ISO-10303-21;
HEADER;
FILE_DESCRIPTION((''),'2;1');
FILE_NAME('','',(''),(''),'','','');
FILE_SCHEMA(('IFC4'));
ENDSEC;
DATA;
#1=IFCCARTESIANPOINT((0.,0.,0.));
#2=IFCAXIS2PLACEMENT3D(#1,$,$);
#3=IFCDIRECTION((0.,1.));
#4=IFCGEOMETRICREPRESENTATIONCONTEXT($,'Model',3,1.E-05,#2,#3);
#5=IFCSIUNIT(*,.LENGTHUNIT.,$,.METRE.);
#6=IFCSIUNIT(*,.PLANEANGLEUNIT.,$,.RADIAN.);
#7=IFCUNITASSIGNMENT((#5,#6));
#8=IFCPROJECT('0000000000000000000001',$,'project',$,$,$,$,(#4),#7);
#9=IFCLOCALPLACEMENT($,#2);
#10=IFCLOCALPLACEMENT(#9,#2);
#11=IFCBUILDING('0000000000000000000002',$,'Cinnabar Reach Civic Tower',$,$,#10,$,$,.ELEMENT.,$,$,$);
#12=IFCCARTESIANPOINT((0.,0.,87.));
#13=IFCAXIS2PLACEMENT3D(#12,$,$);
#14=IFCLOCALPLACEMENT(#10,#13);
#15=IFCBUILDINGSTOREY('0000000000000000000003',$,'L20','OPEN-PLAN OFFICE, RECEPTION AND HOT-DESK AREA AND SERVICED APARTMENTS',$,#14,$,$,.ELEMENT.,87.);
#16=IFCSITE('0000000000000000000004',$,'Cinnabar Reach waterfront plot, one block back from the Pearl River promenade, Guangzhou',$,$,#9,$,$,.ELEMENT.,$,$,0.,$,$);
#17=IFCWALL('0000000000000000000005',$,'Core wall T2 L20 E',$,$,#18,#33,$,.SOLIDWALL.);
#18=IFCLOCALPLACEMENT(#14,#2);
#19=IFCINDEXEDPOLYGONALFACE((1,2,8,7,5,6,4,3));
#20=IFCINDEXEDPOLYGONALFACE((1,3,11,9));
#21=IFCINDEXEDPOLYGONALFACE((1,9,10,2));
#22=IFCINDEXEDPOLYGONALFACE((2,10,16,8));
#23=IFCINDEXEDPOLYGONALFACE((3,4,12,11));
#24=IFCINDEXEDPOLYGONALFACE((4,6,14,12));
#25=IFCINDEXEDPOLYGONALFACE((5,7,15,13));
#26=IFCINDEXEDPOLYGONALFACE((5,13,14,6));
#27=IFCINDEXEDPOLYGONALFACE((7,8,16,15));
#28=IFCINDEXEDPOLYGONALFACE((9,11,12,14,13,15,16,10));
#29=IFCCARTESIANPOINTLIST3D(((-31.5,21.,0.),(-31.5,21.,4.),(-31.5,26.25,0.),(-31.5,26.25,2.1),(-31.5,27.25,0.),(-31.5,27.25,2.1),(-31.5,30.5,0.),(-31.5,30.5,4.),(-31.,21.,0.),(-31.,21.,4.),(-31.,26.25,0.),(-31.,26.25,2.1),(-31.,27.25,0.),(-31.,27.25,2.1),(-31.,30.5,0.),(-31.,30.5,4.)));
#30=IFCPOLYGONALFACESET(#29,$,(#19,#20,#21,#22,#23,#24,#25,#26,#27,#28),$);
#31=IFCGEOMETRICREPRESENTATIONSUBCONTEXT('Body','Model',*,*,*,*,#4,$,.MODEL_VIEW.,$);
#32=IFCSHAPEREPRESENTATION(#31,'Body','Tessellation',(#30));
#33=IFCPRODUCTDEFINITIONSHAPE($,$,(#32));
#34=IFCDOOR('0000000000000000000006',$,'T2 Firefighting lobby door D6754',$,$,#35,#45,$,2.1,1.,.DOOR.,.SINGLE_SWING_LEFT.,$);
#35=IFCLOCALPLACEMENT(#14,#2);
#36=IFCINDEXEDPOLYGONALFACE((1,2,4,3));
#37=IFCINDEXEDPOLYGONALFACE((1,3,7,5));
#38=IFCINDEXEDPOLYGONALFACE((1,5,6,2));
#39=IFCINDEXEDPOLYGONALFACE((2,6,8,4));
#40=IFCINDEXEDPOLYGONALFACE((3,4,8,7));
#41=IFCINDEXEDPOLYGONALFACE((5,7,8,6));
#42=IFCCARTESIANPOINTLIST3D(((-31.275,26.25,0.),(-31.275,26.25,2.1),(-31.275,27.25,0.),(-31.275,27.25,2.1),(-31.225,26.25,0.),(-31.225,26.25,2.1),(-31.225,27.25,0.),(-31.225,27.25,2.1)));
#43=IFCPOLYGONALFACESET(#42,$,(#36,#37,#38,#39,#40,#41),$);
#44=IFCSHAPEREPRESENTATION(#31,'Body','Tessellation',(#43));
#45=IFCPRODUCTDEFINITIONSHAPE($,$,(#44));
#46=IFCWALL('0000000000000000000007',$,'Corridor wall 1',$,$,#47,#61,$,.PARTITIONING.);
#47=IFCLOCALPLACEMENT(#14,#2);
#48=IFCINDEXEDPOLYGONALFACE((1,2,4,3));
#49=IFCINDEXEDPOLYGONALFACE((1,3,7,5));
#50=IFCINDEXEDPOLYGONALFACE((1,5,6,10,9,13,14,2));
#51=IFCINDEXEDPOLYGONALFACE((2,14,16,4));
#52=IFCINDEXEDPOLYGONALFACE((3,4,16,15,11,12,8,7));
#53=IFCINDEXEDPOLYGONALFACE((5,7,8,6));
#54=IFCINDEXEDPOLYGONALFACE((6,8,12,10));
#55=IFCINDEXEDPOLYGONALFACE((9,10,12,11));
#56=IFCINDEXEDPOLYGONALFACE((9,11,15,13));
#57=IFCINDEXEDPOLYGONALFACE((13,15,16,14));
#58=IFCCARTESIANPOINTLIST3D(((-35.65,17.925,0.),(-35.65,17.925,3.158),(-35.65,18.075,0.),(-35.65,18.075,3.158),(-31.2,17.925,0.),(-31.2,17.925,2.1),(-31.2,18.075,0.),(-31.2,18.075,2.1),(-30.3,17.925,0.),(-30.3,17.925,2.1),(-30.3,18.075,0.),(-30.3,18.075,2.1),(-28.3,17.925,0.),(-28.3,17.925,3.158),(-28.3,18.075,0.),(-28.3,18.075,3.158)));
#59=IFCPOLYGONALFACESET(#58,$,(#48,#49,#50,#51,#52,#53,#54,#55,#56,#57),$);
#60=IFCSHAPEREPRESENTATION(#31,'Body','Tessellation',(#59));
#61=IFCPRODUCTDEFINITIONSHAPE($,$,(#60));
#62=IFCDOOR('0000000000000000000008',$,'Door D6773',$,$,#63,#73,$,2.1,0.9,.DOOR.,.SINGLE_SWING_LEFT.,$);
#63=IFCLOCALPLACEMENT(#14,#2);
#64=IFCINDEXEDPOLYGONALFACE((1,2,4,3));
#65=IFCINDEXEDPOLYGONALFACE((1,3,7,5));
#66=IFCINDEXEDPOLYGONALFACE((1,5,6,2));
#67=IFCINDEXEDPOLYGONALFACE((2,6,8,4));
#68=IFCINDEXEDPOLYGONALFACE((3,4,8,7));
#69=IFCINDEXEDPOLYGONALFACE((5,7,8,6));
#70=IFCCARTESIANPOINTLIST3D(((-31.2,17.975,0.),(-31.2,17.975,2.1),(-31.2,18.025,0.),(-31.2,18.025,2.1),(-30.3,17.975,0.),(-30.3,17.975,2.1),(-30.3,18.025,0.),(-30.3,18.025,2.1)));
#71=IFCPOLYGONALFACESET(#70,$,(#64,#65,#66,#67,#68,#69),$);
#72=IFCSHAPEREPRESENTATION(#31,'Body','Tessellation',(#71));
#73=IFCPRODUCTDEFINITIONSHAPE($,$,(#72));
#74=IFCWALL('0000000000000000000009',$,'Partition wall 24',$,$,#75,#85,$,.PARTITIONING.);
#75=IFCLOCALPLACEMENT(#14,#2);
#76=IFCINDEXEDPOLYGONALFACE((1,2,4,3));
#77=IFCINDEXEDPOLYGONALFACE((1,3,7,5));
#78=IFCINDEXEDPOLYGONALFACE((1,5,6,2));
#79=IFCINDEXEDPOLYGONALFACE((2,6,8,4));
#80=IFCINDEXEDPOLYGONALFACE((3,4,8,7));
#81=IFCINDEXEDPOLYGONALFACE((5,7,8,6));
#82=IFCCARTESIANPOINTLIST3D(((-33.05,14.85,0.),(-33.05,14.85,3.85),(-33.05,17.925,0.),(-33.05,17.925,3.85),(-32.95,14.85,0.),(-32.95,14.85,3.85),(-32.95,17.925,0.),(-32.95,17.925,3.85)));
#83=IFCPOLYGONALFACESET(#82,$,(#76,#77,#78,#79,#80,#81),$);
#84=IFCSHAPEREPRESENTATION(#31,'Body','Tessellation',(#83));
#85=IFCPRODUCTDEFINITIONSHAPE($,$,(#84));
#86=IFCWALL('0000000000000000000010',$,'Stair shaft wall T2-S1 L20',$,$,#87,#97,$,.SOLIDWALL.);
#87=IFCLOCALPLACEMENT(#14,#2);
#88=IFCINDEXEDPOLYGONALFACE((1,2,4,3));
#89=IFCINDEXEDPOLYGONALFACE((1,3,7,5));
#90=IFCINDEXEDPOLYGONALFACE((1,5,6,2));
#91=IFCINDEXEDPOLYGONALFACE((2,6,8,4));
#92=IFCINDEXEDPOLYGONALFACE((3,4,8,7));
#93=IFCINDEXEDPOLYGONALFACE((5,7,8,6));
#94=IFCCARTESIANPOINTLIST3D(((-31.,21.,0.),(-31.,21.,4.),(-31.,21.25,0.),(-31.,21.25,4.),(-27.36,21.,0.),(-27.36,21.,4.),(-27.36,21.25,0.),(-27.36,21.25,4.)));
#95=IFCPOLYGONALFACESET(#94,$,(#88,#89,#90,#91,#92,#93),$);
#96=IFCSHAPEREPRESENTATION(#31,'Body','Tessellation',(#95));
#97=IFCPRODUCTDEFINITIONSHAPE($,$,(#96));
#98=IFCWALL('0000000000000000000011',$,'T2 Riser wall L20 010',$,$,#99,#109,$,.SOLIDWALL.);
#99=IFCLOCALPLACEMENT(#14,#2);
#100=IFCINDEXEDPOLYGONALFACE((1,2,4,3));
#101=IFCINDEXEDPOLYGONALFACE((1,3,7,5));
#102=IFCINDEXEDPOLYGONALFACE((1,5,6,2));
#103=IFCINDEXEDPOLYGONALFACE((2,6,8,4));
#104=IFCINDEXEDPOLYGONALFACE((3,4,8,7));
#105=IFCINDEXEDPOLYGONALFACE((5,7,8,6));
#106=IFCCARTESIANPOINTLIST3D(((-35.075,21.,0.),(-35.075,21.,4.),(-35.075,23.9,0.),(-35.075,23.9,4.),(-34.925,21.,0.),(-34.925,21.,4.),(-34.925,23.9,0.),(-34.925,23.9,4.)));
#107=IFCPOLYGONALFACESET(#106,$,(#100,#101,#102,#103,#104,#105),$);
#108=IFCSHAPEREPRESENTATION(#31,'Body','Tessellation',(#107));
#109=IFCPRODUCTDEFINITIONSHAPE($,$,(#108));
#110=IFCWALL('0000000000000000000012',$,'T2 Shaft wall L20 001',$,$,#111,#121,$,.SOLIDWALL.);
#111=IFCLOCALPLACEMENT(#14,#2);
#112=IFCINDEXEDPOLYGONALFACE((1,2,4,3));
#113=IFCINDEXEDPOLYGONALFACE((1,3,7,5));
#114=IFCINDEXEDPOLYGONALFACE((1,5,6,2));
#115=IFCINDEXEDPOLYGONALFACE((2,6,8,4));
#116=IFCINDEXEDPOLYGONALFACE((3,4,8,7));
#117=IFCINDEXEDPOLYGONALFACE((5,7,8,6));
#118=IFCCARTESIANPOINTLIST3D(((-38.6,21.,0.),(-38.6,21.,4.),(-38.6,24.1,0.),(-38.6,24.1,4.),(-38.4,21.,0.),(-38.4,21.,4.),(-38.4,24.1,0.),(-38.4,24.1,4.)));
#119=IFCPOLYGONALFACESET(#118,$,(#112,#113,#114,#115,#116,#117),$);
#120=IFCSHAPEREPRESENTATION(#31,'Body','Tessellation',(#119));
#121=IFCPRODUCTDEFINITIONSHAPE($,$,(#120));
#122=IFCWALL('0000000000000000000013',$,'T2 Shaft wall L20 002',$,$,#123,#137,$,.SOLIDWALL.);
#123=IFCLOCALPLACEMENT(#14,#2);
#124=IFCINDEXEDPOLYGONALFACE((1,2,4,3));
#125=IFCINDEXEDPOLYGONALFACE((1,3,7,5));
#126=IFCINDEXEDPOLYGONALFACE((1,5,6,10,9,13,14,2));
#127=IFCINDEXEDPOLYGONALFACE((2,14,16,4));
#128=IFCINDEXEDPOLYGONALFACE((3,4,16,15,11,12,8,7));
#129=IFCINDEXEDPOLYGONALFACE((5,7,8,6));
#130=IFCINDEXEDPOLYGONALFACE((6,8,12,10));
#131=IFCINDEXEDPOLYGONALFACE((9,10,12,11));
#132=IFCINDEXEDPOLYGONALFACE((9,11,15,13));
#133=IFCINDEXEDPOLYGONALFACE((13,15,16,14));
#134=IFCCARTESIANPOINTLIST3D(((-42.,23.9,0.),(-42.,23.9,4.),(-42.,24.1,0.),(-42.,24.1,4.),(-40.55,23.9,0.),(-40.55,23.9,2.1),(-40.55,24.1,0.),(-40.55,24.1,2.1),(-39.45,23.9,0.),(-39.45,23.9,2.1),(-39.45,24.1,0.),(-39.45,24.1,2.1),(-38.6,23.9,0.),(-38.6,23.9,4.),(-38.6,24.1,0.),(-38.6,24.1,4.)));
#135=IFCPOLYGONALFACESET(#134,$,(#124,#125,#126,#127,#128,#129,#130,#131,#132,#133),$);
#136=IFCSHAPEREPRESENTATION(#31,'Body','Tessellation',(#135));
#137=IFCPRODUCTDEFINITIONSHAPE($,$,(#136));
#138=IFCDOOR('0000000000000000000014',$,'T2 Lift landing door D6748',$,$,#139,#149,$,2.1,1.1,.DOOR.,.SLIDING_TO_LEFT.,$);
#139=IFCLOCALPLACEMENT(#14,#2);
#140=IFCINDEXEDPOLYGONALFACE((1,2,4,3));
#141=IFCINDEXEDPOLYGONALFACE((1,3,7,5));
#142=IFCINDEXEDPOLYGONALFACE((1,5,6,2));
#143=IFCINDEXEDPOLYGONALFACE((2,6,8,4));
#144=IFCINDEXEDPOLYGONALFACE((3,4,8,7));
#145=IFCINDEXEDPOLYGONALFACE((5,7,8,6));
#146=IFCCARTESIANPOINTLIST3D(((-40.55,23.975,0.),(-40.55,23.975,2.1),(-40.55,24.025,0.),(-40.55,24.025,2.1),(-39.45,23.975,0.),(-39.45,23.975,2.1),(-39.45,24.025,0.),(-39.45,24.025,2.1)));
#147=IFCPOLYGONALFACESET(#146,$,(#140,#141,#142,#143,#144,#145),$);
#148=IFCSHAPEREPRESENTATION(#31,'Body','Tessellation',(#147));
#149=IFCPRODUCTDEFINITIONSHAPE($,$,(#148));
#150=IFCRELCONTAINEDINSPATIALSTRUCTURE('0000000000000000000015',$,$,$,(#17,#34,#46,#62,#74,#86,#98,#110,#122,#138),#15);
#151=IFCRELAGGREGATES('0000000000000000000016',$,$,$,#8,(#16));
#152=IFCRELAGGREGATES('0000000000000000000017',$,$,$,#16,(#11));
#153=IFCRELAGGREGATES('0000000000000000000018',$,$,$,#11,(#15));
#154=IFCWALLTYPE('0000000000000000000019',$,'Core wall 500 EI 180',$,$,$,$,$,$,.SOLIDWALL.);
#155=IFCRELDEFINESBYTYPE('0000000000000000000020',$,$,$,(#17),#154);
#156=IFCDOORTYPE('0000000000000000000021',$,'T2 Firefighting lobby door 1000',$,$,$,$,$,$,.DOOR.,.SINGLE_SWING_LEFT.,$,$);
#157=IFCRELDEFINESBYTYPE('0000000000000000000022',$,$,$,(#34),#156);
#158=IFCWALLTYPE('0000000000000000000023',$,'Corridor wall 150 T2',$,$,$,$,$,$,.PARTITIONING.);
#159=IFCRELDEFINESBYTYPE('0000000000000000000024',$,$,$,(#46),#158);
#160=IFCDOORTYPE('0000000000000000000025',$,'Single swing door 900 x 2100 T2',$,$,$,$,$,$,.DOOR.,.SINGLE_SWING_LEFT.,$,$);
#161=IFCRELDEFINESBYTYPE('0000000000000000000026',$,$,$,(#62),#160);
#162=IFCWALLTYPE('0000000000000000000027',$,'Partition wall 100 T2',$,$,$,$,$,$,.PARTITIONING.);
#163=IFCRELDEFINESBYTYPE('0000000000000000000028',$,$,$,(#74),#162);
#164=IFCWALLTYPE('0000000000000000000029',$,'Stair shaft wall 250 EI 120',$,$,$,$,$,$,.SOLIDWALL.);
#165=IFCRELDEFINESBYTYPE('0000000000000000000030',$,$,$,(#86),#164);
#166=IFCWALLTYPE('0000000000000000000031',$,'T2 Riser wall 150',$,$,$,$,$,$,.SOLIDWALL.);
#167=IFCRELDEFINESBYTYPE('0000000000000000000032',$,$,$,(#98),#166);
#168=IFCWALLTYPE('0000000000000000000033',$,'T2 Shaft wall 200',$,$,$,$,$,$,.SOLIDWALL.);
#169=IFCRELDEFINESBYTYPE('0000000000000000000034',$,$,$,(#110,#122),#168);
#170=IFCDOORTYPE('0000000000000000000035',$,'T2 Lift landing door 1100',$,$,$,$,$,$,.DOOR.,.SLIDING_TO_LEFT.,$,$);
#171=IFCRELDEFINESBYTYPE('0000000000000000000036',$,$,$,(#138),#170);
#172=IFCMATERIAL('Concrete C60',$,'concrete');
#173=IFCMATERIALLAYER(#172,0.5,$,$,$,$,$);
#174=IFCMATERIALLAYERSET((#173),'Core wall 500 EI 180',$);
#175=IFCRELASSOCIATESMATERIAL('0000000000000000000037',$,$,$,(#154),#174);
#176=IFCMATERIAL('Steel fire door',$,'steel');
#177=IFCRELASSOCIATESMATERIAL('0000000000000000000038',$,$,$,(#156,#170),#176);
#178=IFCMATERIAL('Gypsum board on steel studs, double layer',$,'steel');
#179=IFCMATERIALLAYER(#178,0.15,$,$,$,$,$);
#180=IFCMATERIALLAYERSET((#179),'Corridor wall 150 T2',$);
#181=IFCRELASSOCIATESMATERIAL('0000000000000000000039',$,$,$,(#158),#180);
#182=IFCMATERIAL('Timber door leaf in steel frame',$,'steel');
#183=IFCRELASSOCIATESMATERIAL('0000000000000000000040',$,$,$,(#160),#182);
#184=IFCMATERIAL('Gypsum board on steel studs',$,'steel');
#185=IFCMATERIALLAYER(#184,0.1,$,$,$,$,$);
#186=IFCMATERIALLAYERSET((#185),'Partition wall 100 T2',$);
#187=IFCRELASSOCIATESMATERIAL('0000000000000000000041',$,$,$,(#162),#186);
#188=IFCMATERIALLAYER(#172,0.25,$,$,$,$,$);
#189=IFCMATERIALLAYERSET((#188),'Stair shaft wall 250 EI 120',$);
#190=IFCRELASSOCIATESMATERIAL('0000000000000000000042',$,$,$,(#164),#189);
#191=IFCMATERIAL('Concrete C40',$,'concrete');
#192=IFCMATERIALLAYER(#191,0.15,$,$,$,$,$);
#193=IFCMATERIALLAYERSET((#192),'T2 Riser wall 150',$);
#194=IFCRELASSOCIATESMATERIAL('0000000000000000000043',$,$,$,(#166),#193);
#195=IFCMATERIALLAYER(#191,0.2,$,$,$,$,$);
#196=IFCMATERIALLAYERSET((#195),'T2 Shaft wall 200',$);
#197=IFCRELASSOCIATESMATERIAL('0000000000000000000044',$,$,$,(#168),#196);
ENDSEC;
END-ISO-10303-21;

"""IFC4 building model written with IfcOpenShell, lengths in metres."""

from ifc_helpers import new_model, si_unit, direction, frame, frame_2d, origin, place, context, subcontext, project, spatial, rectangle, extrude, material, layer, layer_set, type_object, element, fill, save


model = new_model("IFC4")

# Units and contexts
model_context = context("Model", 3, precision=1e-05, world=origin(), true_north=direction((0.0, 1.0)))
body_context = subcontext(model_context, "Body", "Model", "MODEL_VIEW")
ifc_project = project(units=[si_unit("LENGTHUNIT", "METRE"), si_unit("PLANEANGLEUNIT", "RADIAN")], contexts=[model_context])

# Site, building, storey
site_placement = place(None, origin())
site = spatial("IfcSite", under=ifc_project, at=site_placement, Name="Cinnabar Reach waterfront plot, one block back from the Pearl River promenade, Guangzhou", CompositionType="ELEMENT", RefElevation=0.0)
building_placement = place(site_placement, origin())
building = spatial("IfcBuilding", under=site, at=building_placement, Name="Cinnabar Reach Civic Tower", CompositionType="ELEMENT")
storey_placement = place(building_placement, frame((0.0, 0.0, 87.0)))
storey = spatial("IfcBuildingStorey", under=building, at=storey_placement, Name="L20", Description="OPEN-PLAN OFFICE, RECEPTION AND HOT-DESK AREA AND SERVICED APARTMENTS", CompositionType="ELEMENT", Elevation=87.0)

# Shared definitions
ifc_material_1 = material(Name="Concrete C60", Category="concrete")

# Walls, openings, doors
ifc_layer_1 = layer(ifc_material_1, 0.5)
ifc_layer_set_1 = layer_set([ifc_layer_1], Name="Core wall 500 EI 180")
wall_type_1 = type_object("IfcWallType", Name="Core wall 500 EI 180", PredefinedType="SOLIDWALL", material=ifc_layer_set_1)
wall_1_placement = place(storey_placement, frame((-31.25, 21.0, 0.0), z_axis=(0.0, 0.0, 1.0), x_axis=(0.0, 1.0, 0.0)))
wall_1 = element("IfcWall", 1, at=wall_1_placement, inside=storey, type_object=wall_type_1, Name="Core wall T2 L20 E", PredefinedType="SOLIDWALL", context=body_context, shape_type="SweptSolid", body=[
    extrude(rectangle(XDim=9.5, YDim=0.5, at=frame_2d((4.75, 0.0))), origin(), (0.0, 0.0, 1.0), 4.0),
])
opening_1_placement = place(wall_1_placement, frame((5.25, 0.0, 0.0)))
opening_1 = element("IfcOpeningElement", 2, at=opening_1_placement, cuts=wall_1, PredefinedType="OPENING", context=body_context, shape_type="SweptSolid", body=[
    extrude(rectangle(XDim=1.0, YDim=2.1, at=frame_2d((0.5, 1.05))), frame((0.0, 0.26, 0.0), z_axis=(0.0, -1.0, 0.0), x_axis=(1.0, 0.0, 0.0)), (0.0, 0.0, 1.0), 0.52),
])
ifc_material_2 = material(Name="Steel fire door", Category="steel")
door_type_1 = type_object("IfcDoorType", Name="T2 Firefighting lobby door 1000", OperationType="SINGLE_SWING_LEFT", PredefinedType="DOOR", material=ifc_material_2)
door_1_placement = place(opening_1_placement, frame((1.0, 0.0, 0.0), z_axis=(0.0, 0.0, 1.0), x_axis=(-1.0, 0.0, 0.0)))
door_1 = element("IfcDoor", 3, at=door_1_placement, inside=storey, type_object=door_type_1, Name="T2 Firefighting lobby door D6754", OperationType="SINGLE_SWING_LEFT", OverallHeight=2.1, OverallWidth=1.0, PredefinedType="DOOR", context=body_context, shape_type="SweptSolid", body=[
    extrude(rectangle(XDim=1.0, YDim=2.1, at=frame_2d((0.5, 1.05))), frame((0.0, 0.025, 0.0), z_axis=(0.0, -1.0, 0.0), x_axis=(1.0, 0.0, 0.0)), (0.0, 0.0, 1.0), 0.05),
])
fill(opening_1, door_1)
ifc_material_3 = material(Name="Gypsum board on steel studs, double layer", Category="steel")
ifc_layer_2 = layer(ifc_material_3, 0.15)
ifc_layer_set_2 = layer_set([ifc_layer_2], Name="Corridor wall 150 T2")
wall_type_2 = type_object("IfcWallType", Name="Corridor wall 150 T2", PredefinedType="PARTITIONING", material=ifc_layer_set_2)
wall_2_placement = place(storey_placement, frame((-35.65, 18.0, 0.0), z_axis=(0.0, 0.0, 1.0), x_axis=(1.0, 0.0, 0.0)))
wall_2 = element("IfcWall", 4, at=wall_2_placement, inside=storey, type_object=wall_type_2, Name="Corridor wall 1", PredefinedType="PARTITIONING", context=body_context, shape_type="SweptSolid", body=[
    extrude(rectangle(XDim=7.35, YDim=0.15, at=frame_2d((3.675, 0.0))), origin(), (0.0, 0.0, 1.0), 3.158),
])
opening_2_placement = place(wall_2_placement, frame((4.45, 0.0, 0.0)))
opening_2 = element("IfcOpeningElement", 5, at=opening_2_placement, cuts=wall_2, PredefinedType="OPENING", context=body_context, shape_type="SweptSolid", body=[
    extrude(rectangle(XDim=0.9, YDim=2.1, at=frame_2d((0.45, 1.05))), frame((0.0, 0.085, 0.0), z_axis=(0.0, -1.0, 0.0), x_axis=(1.0, 0.0, 0.0)), (0.0, 0.0, 1.0), 0.17),
])
ifc_material_4 = material(Name="Timber door leaf in steel frame", Category="steel")
door_type_2 = type_object("IfcDoorType", Name="Single swing door 900 x 2100 T2", OperationType="SINGLE_SWING_LEFT", PredefinedType="DOOR", material=ifc_material_4)
door_2_placement = place(opening_2_placement, frame((0.9, 0.0, 0.0), z_axis=(0.0, 0.0, 1.0), x_axis=(-1.0, 0.0, 0.0)))
door_2 = element("IfcDoor", 6, at=door_2_placement, inside=storey, type_object=door_type_2, Name="Door D6773", OperationType="SINGLE_SWING_LEFT", OverallHeight=2.1, OverallWidth=0.9, PredefinedType="DOOR", context=body_context, shape_type="SweptSolid", body=[
    extrude(rectangle(XDim=0.9, YDim=2.1, at=frame_2d((0.45, 1.05))), frame((0.0, 0.025, 0.0), z_axis=(0.0, -1.0, 0.0), x_axis=(1.0, 0.0, 0.0)), (0.0, 0.0, 1.0), 0.05),
])
fill(opening_2, door_2)

# Walls
ifc_material_5 = material(Name="Gypsum board on steel studs", Category="steel")
ifc_layer_3 = layer(ifc_material_5, 0.1)
ifc_layer_set_3 = layer_set([ifc_layer_3], Name="Partition wall 100 T2")
wall_type_3 = type_object("IfcWallType", Name="Partition wall 100 T2", PredefinedType="PARTITIONING", material=ifc_layer_set_3)
wall_3_placement = place(storey_placement, frame((-33.0, 14.85, 0.0), z_axis=(0.0, 0.0, 1.0), x_axis=(0.0, 1.0, 0.0)))
element("IfcWall", 7, at=wall_3_placement, inside=storey, type_object=wall_type_3, Name="Partition wall 24", PredefinedType="PARTITIONING", context=body_context, shape_type="SweptSolid", body=[
    extrude(rectangle(XDim=3.075, YDim=0.1, at=frame_2d((1.5375, 0.0))), origin(), (0.0, 0.0, 1.0), 3.85),
])
ifc_layer_4 = layer(ifc_material_1, 0.25)
ifc_layer_set_4 = layer_set([ifc_layer_4], Name="Stair shaft wall 250 EI 120")
wall_type_4 = type_object("IfcWallType", Name="Stair shaft wall 250 EI 120", PredefinedType="SOLIDWALL", material=ifc_layer_set_4)
wall_4_placement = place(storey_placement, frame((-31.0, 21.125, 0.0), z_axis=(0.0, 0.0, 1.0), x_axis=(1.0, 0.0, 0.0)))
element("IfcWall", 8, at=wall_4_placement, inside=storey, type_object=wall_type_4, Name="Stair shaft wall T2-S1 L20", PredefinedType="SOLIDWALL", context=body_context, shape_type="SweptSolid", body=[
    extrude(rectangle(XDim=3.64, YDim=0.25, at=frame_2d((1.82, 0.0))), origin(), (0.0, 0.0, 1.0), 4.0),
])
ifc_material_6 = material(Name="Concrete C40", Category="concrete")
ifc_layer_5 = layer(ifc_material_6, 0.15)
ifc_layer_set_5 = layer_set([ifc_layer_5], Name="T2 Riser wall 150")
wall_type_5 = type_object("IfcWallType", Name="T2 Riser wall 150", PredefinedType="SOLIDWALL", material=ifc_layer_set_5)
wall_5_placement = place(storey_placement, frame((-35.0, 21.0, 0.0), z_axis=(0.0, 0.0, 1.0), x_axis=(0.0, 1.0, 0.0)))
element("IfcWall", 9, at=wall_5_placement, inside=storey, type_object=wall_type_5, Name="T2 Riser wall L20 010", PredefinedType="SOLIDWALL", context=body_context, shape_type="SweptSolid", body=[
    extrude(rectangle(XDim=2.9, YDim=0.15, at=frame_2d((1.45, 0.0))), origin(), (0.0, 0.0, 1.0), 4.0),
])
ifc_layer_6 = layer(ifc_material_6, 0.2)
ifc_layer_set_6 = layer_set([ifc_layer_6], Name="T2 Shaft wall 200")
wall_type_6 = type_object("IfcWallType", Name="T2 Shaft wall 200", PredefinedType="SOLIDWALL", material=ifc_layer_set_6)
wall_6_placement = place(storey_placement, frame((-38.5, 21.0, 0.0), z_axis=(0.0, 0.0, 1.0), x_axis=(0.0, 1.0, 0.0)))
element("IfcWall", 10, at=wall_6_placement, inside=storey, type_object=wall_type_6, Name="T2 Shaft wall L20 001", PredefinedType="SOLIDWALL", context=body_context, shape_type="SweptSolid", body=[
    extrude(rectangle(XDim=3.1, YDim=0.2, at=frame_2d((1.55, 0.0))), origin(), (0.0, 0.0, 1.0), 4.0),
])

# Wall, opening, door
wall_7_placement = place(storey_placement, frame((-38.6, 24.0, 0.0), z_axis=(0.0, 0.0, 1.0), x_axis=(-1.0, 0.0, 0.0)))
wall_7 = element("IfcWall", 11, at=wall_7_placement, inside=storey, type_object=wall_type_6, Name="T2 Shaft wall L20 002", PredefinedType="SOLIDWALL", context=body_context, shape_type="SweptSolid", body=[
    extrude(rectangle(XDim=3.4, YDim=0.2, at=frame_2d((1.7, 0.0))), origin(), (0.0, 0.0, 1.0), 4.0),
])
opening_3_placement = place(wall_7_placement, frame((0.85, 0.0, 0.0)))
opening_3 = element("IfcOpeningElement", 12, at=opening_3_placement, cuts=wall_7, PredefinedType="OPENING", context=body_context, shape_type="SweptSolid", body=[
    extrude(rectangle(XDim=1.1, YDim=2.1, at=frame_2d((0.55, 1.05))), frame((0.0, 0.11, 0.0), z_axis=(0.0, -1.0, 0.0), x_axis=(1.0, 0.0, 0.0)), (0.0, 0.0, 1.0), 0.22),
])
door_type_3 = type_object("IfcDoorType", Name="T2 Lift landing door 1100", OperationType="SLIDING_TO_LEFT", PredefinedType="DOOR", material=ifc_material_2)
door_3_placement = place(opening_3_placement, origin())
door_3 = element("IfcDoor", 13, at=door_3_placement, inside=storey, type_object=door_type_3, Name="T2 Lift landing door D6748", OperationType="SLIDING_TO_LEFT", OverallHeight=2.1, OverallWidth=1.1, PredefinedType="DOOR", context=body_context, shape_type="SweptSolid", body=[
    extrude(rectangle(XDim=1.1, YDim=2.1, at=frame_2d((0.55, 1.05))), frame((0.0, 0.025, 0.0), z_axis=(0.0, -1.0, 0.0), x_axis=(1.0, 0.0, 0.0)), (0.0, 0.0, 1.0), 0.05),
])
fill(opening_3, door_3)

save(model, "model.ifc")
